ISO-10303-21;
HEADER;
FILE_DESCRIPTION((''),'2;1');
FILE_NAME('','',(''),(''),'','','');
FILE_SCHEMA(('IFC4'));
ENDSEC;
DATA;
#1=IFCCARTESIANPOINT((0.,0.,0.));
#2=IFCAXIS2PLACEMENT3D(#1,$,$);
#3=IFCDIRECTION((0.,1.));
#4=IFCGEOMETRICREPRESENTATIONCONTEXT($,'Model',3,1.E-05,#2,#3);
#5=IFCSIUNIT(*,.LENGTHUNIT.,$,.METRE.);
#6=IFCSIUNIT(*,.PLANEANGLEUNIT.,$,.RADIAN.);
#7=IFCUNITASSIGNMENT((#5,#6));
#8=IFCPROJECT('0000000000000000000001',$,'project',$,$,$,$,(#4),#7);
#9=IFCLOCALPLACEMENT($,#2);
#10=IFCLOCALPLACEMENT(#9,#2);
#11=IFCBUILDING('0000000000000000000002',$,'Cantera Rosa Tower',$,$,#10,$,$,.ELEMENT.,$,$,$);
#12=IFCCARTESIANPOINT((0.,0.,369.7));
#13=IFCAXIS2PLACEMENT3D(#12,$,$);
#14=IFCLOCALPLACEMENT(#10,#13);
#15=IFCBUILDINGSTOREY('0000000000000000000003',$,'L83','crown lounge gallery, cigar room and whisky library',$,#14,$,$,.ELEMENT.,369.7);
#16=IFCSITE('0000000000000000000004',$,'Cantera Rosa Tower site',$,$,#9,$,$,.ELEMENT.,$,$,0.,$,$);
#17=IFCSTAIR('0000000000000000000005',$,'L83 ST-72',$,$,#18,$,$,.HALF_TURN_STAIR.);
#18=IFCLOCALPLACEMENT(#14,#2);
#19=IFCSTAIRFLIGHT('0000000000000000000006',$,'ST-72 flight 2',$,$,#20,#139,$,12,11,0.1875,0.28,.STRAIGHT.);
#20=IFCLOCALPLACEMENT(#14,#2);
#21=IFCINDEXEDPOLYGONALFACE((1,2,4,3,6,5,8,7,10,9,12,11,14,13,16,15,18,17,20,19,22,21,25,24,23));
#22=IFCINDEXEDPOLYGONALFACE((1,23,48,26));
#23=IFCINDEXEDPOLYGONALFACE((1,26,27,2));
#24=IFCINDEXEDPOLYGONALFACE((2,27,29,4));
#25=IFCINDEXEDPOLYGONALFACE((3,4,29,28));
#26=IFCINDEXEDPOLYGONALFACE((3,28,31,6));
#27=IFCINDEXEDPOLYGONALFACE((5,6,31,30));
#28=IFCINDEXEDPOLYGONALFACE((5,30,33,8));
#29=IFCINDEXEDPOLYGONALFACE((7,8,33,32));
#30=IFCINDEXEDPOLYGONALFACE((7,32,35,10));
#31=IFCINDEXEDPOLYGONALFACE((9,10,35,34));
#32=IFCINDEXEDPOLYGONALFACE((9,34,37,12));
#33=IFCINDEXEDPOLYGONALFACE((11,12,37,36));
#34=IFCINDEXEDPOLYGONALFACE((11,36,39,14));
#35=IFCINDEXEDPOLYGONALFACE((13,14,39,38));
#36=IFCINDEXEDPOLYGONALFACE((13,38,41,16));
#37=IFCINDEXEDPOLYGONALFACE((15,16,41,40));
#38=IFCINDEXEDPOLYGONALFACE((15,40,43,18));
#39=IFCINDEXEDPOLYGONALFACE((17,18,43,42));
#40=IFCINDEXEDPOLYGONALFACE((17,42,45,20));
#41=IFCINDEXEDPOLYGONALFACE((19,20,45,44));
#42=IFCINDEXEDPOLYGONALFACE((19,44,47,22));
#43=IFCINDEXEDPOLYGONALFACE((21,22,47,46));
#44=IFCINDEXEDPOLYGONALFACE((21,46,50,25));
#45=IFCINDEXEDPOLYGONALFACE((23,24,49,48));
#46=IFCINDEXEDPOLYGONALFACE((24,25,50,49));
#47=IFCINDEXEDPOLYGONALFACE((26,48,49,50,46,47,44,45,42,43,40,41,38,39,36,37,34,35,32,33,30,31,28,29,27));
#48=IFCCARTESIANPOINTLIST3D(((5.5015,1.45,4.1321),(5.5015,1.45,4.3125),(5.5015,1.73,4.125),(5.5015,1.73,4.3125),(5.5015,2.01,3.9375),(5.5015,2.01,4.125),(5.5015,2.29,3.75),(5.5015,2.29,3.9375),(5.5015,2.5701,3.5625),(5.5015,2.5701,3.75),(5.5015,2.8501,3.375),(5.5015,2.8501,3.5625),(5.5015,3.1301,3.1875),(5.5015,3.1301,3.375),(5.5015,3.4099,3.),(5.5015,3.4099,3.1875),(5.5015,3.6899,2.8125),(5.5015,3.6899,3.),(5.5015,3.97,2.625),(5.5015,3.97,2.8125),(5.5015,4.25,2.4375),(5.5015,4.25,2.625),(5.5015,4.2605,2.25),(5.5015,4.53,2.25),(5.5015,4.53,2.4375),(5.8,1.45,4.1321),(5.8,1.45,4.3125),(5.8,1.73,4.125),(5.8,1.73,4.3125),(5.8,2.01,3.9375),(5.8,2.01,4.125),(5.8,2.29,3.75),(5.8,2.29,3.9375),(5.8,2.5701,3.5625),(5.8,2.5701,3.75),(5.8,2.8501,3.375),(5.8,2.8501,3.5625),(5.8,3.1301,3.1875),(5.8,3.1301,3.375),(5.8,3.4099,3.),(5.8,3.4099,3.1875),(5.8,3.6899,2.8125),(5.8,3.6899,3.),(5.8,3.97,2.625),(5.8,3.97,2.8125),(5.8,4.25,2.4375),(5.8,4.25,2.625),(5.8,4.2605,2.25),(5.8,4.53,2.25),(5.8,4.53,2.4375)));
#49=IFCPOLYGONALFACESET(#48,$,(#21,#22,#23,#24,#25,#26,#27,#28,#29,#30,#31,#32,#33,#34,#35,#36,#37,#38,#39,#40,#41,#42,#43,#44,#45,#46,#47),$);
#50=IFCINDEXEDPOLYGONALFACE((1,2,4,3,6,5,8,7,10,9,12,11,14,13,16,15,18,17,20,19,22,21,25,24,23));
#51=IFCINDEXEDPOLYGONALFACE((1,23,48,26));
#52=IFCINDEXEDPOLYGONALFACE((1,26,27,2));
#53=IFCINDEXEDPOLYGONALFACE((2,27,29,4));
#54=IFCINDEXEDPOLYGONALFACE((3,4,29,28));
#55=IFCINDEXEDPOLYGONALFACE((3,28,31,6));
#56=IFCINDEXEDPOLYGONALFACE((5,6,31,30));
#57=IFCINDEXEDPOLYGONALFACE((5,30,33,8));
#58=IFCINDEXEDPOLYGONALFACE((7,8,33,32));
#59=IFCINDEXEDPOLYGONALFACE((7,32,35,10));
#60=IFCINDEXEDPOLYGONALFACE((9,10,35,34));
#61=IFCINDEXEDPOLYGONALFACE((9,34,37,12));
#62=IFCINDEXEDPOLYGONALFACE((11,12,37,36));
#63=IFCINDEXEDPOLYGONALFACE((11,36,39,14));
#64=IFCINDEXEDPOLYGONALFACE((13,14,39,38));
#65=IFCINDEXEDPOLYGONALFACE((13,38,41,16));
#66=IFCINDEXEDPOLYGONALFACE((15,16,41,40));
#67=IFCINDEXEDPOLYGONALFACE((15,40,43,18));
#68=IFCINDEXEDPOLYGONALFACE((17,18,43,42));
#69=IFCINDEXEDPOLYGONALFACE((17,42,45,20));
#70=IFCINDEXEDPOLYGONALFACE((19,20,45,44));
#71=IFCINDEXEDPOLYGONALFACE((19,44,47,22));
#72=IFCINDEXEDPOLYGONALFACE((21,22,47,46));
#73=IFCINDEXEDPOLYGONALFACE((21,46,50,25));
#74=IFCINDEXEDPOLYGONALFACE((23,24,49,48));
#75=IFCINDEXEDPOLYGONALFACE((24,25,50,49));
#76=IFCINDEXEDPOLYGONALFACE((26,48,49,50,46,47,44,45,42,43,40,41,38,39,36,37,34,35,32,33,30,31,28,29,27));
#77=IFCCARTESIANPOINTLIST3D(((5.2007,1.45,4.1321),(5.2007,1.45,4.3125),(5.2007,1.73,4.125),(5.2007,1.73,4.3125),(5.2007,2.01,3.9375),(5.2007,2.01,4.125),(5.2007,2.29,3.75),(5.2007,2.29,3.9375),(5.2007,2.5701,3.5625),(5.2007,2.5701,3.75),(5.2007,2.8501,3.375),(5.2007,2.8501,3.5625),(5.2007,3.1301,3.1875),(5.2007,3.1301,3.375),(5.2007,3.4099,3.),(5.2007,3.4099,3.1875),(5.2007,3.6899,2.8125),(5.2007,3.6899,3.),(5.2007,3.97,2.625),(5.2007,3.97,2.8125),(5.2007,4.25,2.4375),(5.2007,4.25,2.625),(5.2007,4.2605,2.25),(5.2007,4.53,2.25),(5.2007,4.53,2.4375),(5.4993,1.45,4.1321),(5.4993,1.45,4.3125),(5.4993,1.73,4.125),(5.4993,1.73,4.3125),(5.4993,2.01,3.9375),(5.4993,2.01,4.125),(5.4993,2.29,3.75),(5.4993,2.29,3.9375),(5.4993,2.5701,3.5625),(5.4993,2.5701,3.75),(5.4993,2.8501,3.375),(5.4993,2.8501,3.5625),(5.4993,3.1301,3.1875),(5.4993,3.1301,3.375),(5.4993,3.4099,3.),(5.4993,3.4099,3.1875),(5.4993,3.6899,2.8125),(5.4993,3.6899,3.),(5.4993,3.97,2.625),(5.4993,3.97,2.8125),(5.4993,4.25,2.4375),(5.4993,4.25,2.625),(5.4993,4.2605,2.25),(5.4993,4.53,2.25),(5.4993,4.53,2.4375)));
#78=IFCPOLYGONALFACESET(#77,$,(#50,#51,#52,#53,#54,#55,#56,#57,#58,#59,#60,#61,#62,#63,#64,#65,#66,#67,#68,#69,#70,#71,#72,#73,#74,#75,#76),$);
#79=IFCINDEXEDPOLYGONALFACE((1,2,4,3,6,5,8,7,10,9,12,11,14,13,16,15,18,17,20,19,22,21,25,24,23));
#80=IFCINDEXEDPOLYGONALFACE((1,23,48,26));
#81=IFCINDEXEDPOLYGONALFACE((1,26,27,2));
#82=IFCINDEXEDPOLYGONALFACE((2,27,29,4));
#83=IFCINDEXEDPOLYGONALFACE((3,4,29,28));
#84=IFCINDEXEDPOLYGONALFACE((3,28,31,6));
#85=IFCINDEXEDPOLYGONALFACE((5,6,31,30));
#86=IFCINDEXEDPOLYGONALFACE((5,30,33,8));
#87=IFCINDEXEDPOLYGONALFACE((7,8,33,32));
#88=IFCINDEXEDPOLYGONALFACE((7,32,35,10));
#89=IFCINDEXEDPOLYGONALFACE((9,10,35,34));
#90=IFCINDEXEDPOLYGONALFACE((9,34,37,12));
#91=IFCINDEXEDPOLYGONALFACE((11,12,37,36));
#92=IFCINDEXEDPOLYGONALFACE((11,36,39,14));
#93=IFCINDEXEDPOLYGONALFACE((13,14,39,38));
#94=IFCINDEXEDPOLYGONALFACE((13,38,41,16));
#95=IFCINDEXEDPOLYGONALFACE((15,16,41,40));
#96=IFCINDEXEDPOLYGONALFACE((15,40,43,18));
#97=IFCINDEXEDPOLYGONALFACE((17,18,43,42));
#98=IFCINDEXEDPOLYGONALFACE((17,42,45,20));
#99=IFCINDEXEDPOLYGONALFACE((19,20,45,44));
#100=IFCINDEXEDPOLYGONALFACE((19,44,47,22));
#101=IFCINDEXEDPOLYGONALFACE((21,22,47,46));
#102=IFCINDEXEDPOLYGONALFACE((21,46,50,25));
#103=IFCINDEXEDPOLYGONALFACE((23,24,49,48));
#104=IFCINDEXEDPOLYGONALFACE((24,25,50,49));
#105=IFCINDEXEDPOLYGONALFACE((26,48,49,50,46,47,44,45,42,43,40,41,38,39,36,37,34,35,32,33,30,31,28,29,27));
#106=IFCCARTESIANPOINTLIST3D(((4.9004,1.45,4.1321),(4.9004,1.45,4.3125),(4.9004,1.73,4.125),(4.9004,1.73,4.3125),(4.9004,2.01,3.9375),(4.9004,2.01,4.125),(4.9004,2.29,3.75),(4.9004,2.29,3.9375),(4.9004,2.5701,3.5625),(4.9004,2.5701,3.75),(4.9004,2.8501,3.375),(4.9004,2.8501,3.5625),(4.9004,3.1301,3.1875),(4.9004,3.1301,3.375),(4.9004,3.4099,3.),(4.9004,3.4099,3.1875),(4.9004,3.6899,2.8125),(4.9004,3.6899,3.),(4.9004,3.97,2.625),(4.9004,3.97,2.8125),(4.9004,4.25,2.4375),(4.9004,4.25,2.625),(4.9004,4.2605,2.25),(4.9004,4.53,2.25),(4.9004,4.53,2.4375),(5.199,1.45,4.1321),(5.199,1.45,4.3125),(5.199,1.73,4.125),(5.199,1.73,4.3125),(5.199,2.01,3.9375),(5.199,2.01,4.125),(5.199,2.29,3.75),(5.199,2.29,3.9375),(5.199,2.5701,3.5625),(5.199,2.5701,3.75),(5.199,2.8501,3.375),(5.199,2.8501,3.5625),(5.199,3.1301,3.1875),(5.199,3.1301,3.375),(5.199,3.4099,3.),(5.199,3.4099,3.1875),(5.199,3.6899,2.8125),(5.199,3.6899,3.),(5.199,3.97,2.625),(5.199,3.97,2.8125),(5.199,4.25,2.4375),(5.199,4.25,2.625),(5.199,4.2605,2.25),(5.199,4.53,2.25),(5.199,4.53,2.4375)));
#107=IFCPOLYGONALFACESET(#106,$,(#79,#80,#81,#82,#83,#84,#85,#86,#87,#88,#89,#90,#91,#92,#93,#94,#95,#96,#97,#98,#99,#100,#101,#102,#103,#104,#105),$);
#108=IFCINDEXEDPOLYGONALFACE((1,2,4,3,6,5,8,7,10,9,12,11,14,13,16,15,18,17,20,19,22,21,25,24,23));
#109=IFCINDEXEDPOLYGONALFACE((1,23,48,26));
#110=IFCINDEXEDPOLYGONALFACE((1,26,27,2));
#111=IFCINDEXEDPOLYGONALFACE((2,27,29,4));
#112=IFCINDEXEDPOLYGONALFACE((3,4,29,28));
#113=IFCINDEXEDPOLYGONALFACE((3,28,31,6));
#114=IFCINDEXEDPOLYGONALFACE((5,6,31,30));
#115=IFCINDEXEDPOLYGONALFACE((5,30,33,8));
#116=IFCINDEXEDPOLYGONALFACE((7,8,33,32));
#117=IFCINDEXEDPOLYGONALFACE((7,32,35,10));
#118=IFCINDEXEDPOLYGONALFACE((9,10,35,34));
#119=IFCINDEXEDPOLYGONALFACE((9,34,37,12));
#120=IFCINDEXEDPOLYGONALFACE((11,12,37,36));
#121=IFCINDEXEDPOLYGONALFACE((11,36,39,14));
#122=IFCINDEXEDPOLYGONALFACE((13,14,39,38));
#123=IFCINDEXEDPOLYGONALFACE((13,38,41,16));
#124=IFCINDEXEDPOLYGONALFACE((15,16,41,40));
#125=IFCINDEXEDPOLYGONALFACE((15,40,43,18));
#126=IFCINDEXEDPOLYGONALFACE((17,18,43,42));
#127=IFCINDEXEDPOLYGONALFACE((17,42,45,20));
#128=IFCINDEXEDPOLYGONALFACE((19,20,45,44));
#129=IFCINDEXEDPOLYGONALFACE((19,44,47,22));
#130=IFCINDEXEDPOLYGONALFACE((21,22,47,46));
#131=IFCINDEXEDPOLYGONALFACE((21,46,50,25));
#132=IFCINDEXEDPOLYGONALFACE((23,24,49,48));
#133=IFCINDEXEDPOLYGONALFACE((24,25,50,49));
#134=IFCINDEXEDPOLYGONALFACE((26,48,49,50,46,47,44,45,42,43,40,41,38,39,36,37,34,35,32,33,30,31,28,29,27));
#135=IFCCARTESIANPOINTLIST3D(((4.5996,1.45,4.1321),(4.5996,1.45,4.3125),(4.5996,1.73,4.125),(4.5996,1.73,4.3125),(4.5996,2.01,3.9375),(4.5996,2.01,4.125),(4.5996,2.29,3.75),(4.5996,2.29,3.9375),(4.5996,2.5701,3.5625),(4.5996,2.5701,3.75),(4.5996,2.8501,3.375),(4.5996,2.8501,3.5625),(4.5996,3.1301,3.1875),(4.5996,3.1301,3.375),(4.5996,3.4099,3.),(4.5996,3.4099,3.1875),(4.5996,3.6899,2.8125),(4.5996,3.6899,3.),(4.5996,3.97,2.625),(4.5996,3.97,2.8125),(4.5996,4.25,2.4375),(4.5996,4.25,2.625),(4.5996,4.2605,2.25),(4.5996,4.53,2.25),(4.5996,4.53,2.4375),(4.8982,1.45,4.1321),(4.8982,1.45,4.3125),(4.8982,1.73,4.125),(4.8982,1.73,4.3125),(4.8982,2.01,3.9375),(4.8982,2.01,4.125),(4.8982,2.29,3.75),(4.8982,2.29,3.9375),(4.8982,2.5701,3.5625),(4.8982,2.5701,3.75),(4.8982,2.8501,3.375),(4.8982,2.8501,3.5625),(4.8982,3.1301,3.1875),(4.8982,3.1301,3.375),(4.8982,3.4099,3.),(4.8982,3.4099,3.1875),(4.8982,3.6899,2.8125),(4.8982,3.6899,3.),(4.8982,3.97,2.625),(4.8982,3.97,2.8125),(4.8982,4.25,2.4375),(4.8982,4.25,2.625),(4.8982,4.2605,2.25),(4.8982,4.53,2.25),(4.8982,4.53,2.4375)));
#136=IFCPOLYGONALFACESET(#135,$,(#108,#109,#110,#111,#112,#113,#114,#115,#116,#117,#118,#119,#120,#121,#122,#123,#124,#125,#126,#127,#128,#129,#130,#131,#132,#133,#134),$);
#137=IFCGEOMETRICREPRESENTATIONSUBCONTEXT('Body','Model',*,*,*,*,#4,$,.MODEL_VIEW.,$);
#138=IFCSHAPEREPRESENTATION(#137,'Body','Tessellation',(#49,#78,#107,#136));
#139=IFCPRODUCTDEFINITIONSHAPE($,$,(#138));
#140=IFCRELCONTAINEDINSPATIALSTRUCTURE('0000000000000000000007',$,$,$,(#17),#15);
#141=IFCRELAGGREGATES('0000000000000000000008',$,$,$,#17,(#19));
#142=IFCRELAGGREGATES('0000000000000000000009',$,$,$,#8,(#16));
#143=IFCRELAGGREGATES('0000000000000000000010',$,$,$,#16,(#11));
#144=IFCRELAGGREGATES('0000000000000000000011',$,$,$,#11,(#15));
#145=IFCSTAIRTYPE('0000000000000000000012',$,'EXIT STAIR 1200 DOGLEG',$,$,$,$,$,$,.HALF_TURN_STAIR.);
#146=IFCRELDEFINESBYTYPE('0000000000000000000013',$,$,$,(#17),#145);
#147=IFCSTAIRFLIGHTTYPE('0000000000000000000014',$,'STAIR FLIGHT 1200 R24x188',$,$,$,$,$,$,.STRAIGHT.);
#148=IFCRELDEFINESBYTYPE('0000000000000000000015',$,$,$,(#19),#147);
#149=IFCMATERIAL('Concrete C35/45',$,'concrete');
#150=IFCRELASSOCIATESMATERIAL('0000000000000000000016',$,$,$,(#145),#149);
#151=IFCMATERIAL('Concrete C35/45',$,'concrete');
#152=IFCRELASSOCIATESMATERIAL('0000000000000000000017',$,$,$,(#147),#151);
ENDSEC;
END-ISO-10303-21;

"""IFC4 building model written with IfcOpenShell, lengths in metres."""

from ifc_helpers import new_model, si_unit, direction, frame, origin, place, context, subcontext, project, spatial, polyline, outline, extrude, material, type_object, element, aggregate, save


model = new_model("IFC4")

# Units and contexts
model_context = context("Model", 3, precision=1e-05, world=origin(), true_north=direction((0.0, 1.0)))
body_context = subcontext(model_context, "Body", "Model", "MODEL_VIEW")
ifc_project = project(units=[si_unit("LENGTHUNIT", "METRE"), si_unit("PLANEANGLEUNIT", "RADIAN")], contexts=[model_context])

# Site, building, storey
site_placement = place(None, origin())
site = spatial("IfcSite", under=ifc_project, at=site_placement, Name="Cantera Rosa Tower site", CompositionType="ELEMENT", RefElevation=0.0)
building_placement = place(site_placement, origin())
building = spatial("IfcBuilding", under=site, at=building_placement, Name="Cantera Rosa Tower", CompositionType="ELEMENT")
storey_placement = place(building_placement, frame((0.0, 0.0, 369.7)))
storey = spatial("IfcBuildingStorey", under=building, at=storey_placement, Name="L83", Description="crown lounge gallery, cigar room and whisky library", CompositionType="ELEMENT", Elevation=369.7)

# Stair, stair flight
ifc_material_1 = material(Name="Concrete C35/45", Category="concrete")
stair_type = type_object("IfcStairType", Name="EXIT STAIR 1200 DOGLEG", PredefinedType="HALF_TURN_STAIR", material=ifc_material_1)
stair_placement = place(storey_placement, origin())
stair = element("IfcStair", 1, at=stair_placement, inside=storey, type_object=stair_type, Name="L83 ST-72", PredefinedType="HALF_TURN_STAIR")
ifc_material_2 = material(Name="Concrete C35/45", Category="concrete")
stair_flight_type = type_object("IfcStairFlightType", Name="STAIR FLIGHT 1200 R24x188", PredefinedType="STRAIGHT", material=ifc_material_2)
stair_flight_1_placement = place(storey_placement, frame((5.2, 4.53, 2.25), z_axis=(0.0, 0.0, 1.0), x_axis=(0.0, -1.0, 0.0)))
stair_flight_1 = element("IfcStairFlight", 2, at=stair_flight_1_placement, type_object=stair_flight_type, Name="ST-72 flight 2", NumberOfRisers=12, NumberOfTreads=11, PredefinedType="STRAIGHT", RiserHeight=0.1875, TreadLength=0.28, context=body_context, shape_type="SweptSolid", body=[
    extrude(outline(polyline([(0.0, 0.0), (0.0, 0.1875), (0.28, 0.1875), (0.28, 0.375), (0.5601, 0.375), (0.5601, 0.5625), (0.8401, 0.5625), (0.8401, 0.75), (1.1201, 0.75), (1.1201, 0.9375), (1.3999, 0.9375), (1.3999, 1.125), (1.6799, 1.125), (1.6799, 1.3125), (1.96, 1.3125), (1.96, 1.5), (2.24, 1.5), (2.24, 1.6875), (2.52, 1.6875), (2.52, 1.875), (2.8, 1.875), (2.8, 2.0625), (3.0801, 2.0625), (3.0801, 2.25), (3.0801, 1.8821), (0.2695, 0.0), (0.0, 0.0)])), frame((0.0, 0.6001, 0.0), z_axis=(0.0, -1.0, 0.0), x_axis=(1.0, 0.0, 0.0)), (0.0, 0.0, 1.0), 0.2986),
    extrude(outline(polyline([(0.0, 0.0), (0.0, 0.1875), (0.28, 0.1875), (0.28, 0.375), (0.5601, 0.375), (0.5601, 0.5625), (0.8401, 0.5625), (0.8401, 0.75), (1.1201, 0.75), (1.1201, 0.9375), (1.3999, 0.9375), (1.3999, 1.125), (1.6799, 1.125), (1.6799, 1.3125), (1.96, 1.3125), (1.96, 1.5), (2.24, 1.5), (2.24, 1.6875), (2.52, 1.6875), (2.52, 1.875), (2.8, 1.875), (2.8, 2.0625), (3.0801, 2.0625), (3.0801, 2.25), (3.0801, 1.8821), (0.2695, 0.0), (0.0, 0.0)])), frame((0.0, 0.2993, 0.0), z_axis=(0.0, -1.0, 0.0), x_axis=(1.0, 0.0, 0.0)), (0.0, 0.0, 1.0), 0.2986),
    extrude(outline(polyline([(0.0, 0.0), (0.0, 0.1875), (0.28, 0.1875), (0.28, 0.375), (0.5601, 0.375), (0.5601, 0.5625), (0.8401, 0.5625), (0.8401, 0.75), (1.1201, 0.75), (1.1201, 0.9375), (1.3999, 0.9375), (1.3999, 1.125), (1.6799, 1.125), (1.6799, 1.3125), (1.96, 1.3125), (1.96, 1.5), (2.24, 1.5), (2.24, 1.6875), (2.52, 1.6875), (2.52, 1.875), (2.8, 1.875), (2.8, 2.0625), (3.0801, 2.0625), (3.0801, 2.25), (3.0801, 1.8821), (0.2695, 0.0), (0.0, 0.0)])), frame((0.0, -0.001, 0.0), z_axis=(0.0, -1.0, 0.0), x_axis=(1.0, 0.0, 0.0)), (0.0, 0.0, 1.0), 0.2986),
    extrude(outline(polyline([(0.0, 0.0), (0.0, 0.1875), (0.28, 0.1875), (0.28, 0.375), (0.5601, 0.375), (0.5601, 0.5625), (0.8401, 0.5625), (0.8401, 0.75), (1.1201, 0.75), (1.1201, 0.9375), (1.3999, 0.9375), (1.3999, 1.125), (1.6799, 1.125), (1.6799, 1.3125), (1.96, 1.3125), (1.96, 1.5), (2.24, 1.5), (2.24, 1.6875), (2.52, 1.6875), (2.52, 1.875), (2.8, 1.875), (2.8, 2.0625), (3.0801, 2.0625), (3.0801, 2.25), (3.0801, 1.8821), (0.2695, 0.0), (0.0, 0.0)])), frame((0.0, -0.3018, 0.0), z_axis=(0.0, -1.0, 0.0), x_axis=(1.0, 0.0, 0.0)), (0.0, 0.0, 1.0), 0.2986),
])
aggregate(stair, [stair_flight_1])

save(model, "model.ifc")
